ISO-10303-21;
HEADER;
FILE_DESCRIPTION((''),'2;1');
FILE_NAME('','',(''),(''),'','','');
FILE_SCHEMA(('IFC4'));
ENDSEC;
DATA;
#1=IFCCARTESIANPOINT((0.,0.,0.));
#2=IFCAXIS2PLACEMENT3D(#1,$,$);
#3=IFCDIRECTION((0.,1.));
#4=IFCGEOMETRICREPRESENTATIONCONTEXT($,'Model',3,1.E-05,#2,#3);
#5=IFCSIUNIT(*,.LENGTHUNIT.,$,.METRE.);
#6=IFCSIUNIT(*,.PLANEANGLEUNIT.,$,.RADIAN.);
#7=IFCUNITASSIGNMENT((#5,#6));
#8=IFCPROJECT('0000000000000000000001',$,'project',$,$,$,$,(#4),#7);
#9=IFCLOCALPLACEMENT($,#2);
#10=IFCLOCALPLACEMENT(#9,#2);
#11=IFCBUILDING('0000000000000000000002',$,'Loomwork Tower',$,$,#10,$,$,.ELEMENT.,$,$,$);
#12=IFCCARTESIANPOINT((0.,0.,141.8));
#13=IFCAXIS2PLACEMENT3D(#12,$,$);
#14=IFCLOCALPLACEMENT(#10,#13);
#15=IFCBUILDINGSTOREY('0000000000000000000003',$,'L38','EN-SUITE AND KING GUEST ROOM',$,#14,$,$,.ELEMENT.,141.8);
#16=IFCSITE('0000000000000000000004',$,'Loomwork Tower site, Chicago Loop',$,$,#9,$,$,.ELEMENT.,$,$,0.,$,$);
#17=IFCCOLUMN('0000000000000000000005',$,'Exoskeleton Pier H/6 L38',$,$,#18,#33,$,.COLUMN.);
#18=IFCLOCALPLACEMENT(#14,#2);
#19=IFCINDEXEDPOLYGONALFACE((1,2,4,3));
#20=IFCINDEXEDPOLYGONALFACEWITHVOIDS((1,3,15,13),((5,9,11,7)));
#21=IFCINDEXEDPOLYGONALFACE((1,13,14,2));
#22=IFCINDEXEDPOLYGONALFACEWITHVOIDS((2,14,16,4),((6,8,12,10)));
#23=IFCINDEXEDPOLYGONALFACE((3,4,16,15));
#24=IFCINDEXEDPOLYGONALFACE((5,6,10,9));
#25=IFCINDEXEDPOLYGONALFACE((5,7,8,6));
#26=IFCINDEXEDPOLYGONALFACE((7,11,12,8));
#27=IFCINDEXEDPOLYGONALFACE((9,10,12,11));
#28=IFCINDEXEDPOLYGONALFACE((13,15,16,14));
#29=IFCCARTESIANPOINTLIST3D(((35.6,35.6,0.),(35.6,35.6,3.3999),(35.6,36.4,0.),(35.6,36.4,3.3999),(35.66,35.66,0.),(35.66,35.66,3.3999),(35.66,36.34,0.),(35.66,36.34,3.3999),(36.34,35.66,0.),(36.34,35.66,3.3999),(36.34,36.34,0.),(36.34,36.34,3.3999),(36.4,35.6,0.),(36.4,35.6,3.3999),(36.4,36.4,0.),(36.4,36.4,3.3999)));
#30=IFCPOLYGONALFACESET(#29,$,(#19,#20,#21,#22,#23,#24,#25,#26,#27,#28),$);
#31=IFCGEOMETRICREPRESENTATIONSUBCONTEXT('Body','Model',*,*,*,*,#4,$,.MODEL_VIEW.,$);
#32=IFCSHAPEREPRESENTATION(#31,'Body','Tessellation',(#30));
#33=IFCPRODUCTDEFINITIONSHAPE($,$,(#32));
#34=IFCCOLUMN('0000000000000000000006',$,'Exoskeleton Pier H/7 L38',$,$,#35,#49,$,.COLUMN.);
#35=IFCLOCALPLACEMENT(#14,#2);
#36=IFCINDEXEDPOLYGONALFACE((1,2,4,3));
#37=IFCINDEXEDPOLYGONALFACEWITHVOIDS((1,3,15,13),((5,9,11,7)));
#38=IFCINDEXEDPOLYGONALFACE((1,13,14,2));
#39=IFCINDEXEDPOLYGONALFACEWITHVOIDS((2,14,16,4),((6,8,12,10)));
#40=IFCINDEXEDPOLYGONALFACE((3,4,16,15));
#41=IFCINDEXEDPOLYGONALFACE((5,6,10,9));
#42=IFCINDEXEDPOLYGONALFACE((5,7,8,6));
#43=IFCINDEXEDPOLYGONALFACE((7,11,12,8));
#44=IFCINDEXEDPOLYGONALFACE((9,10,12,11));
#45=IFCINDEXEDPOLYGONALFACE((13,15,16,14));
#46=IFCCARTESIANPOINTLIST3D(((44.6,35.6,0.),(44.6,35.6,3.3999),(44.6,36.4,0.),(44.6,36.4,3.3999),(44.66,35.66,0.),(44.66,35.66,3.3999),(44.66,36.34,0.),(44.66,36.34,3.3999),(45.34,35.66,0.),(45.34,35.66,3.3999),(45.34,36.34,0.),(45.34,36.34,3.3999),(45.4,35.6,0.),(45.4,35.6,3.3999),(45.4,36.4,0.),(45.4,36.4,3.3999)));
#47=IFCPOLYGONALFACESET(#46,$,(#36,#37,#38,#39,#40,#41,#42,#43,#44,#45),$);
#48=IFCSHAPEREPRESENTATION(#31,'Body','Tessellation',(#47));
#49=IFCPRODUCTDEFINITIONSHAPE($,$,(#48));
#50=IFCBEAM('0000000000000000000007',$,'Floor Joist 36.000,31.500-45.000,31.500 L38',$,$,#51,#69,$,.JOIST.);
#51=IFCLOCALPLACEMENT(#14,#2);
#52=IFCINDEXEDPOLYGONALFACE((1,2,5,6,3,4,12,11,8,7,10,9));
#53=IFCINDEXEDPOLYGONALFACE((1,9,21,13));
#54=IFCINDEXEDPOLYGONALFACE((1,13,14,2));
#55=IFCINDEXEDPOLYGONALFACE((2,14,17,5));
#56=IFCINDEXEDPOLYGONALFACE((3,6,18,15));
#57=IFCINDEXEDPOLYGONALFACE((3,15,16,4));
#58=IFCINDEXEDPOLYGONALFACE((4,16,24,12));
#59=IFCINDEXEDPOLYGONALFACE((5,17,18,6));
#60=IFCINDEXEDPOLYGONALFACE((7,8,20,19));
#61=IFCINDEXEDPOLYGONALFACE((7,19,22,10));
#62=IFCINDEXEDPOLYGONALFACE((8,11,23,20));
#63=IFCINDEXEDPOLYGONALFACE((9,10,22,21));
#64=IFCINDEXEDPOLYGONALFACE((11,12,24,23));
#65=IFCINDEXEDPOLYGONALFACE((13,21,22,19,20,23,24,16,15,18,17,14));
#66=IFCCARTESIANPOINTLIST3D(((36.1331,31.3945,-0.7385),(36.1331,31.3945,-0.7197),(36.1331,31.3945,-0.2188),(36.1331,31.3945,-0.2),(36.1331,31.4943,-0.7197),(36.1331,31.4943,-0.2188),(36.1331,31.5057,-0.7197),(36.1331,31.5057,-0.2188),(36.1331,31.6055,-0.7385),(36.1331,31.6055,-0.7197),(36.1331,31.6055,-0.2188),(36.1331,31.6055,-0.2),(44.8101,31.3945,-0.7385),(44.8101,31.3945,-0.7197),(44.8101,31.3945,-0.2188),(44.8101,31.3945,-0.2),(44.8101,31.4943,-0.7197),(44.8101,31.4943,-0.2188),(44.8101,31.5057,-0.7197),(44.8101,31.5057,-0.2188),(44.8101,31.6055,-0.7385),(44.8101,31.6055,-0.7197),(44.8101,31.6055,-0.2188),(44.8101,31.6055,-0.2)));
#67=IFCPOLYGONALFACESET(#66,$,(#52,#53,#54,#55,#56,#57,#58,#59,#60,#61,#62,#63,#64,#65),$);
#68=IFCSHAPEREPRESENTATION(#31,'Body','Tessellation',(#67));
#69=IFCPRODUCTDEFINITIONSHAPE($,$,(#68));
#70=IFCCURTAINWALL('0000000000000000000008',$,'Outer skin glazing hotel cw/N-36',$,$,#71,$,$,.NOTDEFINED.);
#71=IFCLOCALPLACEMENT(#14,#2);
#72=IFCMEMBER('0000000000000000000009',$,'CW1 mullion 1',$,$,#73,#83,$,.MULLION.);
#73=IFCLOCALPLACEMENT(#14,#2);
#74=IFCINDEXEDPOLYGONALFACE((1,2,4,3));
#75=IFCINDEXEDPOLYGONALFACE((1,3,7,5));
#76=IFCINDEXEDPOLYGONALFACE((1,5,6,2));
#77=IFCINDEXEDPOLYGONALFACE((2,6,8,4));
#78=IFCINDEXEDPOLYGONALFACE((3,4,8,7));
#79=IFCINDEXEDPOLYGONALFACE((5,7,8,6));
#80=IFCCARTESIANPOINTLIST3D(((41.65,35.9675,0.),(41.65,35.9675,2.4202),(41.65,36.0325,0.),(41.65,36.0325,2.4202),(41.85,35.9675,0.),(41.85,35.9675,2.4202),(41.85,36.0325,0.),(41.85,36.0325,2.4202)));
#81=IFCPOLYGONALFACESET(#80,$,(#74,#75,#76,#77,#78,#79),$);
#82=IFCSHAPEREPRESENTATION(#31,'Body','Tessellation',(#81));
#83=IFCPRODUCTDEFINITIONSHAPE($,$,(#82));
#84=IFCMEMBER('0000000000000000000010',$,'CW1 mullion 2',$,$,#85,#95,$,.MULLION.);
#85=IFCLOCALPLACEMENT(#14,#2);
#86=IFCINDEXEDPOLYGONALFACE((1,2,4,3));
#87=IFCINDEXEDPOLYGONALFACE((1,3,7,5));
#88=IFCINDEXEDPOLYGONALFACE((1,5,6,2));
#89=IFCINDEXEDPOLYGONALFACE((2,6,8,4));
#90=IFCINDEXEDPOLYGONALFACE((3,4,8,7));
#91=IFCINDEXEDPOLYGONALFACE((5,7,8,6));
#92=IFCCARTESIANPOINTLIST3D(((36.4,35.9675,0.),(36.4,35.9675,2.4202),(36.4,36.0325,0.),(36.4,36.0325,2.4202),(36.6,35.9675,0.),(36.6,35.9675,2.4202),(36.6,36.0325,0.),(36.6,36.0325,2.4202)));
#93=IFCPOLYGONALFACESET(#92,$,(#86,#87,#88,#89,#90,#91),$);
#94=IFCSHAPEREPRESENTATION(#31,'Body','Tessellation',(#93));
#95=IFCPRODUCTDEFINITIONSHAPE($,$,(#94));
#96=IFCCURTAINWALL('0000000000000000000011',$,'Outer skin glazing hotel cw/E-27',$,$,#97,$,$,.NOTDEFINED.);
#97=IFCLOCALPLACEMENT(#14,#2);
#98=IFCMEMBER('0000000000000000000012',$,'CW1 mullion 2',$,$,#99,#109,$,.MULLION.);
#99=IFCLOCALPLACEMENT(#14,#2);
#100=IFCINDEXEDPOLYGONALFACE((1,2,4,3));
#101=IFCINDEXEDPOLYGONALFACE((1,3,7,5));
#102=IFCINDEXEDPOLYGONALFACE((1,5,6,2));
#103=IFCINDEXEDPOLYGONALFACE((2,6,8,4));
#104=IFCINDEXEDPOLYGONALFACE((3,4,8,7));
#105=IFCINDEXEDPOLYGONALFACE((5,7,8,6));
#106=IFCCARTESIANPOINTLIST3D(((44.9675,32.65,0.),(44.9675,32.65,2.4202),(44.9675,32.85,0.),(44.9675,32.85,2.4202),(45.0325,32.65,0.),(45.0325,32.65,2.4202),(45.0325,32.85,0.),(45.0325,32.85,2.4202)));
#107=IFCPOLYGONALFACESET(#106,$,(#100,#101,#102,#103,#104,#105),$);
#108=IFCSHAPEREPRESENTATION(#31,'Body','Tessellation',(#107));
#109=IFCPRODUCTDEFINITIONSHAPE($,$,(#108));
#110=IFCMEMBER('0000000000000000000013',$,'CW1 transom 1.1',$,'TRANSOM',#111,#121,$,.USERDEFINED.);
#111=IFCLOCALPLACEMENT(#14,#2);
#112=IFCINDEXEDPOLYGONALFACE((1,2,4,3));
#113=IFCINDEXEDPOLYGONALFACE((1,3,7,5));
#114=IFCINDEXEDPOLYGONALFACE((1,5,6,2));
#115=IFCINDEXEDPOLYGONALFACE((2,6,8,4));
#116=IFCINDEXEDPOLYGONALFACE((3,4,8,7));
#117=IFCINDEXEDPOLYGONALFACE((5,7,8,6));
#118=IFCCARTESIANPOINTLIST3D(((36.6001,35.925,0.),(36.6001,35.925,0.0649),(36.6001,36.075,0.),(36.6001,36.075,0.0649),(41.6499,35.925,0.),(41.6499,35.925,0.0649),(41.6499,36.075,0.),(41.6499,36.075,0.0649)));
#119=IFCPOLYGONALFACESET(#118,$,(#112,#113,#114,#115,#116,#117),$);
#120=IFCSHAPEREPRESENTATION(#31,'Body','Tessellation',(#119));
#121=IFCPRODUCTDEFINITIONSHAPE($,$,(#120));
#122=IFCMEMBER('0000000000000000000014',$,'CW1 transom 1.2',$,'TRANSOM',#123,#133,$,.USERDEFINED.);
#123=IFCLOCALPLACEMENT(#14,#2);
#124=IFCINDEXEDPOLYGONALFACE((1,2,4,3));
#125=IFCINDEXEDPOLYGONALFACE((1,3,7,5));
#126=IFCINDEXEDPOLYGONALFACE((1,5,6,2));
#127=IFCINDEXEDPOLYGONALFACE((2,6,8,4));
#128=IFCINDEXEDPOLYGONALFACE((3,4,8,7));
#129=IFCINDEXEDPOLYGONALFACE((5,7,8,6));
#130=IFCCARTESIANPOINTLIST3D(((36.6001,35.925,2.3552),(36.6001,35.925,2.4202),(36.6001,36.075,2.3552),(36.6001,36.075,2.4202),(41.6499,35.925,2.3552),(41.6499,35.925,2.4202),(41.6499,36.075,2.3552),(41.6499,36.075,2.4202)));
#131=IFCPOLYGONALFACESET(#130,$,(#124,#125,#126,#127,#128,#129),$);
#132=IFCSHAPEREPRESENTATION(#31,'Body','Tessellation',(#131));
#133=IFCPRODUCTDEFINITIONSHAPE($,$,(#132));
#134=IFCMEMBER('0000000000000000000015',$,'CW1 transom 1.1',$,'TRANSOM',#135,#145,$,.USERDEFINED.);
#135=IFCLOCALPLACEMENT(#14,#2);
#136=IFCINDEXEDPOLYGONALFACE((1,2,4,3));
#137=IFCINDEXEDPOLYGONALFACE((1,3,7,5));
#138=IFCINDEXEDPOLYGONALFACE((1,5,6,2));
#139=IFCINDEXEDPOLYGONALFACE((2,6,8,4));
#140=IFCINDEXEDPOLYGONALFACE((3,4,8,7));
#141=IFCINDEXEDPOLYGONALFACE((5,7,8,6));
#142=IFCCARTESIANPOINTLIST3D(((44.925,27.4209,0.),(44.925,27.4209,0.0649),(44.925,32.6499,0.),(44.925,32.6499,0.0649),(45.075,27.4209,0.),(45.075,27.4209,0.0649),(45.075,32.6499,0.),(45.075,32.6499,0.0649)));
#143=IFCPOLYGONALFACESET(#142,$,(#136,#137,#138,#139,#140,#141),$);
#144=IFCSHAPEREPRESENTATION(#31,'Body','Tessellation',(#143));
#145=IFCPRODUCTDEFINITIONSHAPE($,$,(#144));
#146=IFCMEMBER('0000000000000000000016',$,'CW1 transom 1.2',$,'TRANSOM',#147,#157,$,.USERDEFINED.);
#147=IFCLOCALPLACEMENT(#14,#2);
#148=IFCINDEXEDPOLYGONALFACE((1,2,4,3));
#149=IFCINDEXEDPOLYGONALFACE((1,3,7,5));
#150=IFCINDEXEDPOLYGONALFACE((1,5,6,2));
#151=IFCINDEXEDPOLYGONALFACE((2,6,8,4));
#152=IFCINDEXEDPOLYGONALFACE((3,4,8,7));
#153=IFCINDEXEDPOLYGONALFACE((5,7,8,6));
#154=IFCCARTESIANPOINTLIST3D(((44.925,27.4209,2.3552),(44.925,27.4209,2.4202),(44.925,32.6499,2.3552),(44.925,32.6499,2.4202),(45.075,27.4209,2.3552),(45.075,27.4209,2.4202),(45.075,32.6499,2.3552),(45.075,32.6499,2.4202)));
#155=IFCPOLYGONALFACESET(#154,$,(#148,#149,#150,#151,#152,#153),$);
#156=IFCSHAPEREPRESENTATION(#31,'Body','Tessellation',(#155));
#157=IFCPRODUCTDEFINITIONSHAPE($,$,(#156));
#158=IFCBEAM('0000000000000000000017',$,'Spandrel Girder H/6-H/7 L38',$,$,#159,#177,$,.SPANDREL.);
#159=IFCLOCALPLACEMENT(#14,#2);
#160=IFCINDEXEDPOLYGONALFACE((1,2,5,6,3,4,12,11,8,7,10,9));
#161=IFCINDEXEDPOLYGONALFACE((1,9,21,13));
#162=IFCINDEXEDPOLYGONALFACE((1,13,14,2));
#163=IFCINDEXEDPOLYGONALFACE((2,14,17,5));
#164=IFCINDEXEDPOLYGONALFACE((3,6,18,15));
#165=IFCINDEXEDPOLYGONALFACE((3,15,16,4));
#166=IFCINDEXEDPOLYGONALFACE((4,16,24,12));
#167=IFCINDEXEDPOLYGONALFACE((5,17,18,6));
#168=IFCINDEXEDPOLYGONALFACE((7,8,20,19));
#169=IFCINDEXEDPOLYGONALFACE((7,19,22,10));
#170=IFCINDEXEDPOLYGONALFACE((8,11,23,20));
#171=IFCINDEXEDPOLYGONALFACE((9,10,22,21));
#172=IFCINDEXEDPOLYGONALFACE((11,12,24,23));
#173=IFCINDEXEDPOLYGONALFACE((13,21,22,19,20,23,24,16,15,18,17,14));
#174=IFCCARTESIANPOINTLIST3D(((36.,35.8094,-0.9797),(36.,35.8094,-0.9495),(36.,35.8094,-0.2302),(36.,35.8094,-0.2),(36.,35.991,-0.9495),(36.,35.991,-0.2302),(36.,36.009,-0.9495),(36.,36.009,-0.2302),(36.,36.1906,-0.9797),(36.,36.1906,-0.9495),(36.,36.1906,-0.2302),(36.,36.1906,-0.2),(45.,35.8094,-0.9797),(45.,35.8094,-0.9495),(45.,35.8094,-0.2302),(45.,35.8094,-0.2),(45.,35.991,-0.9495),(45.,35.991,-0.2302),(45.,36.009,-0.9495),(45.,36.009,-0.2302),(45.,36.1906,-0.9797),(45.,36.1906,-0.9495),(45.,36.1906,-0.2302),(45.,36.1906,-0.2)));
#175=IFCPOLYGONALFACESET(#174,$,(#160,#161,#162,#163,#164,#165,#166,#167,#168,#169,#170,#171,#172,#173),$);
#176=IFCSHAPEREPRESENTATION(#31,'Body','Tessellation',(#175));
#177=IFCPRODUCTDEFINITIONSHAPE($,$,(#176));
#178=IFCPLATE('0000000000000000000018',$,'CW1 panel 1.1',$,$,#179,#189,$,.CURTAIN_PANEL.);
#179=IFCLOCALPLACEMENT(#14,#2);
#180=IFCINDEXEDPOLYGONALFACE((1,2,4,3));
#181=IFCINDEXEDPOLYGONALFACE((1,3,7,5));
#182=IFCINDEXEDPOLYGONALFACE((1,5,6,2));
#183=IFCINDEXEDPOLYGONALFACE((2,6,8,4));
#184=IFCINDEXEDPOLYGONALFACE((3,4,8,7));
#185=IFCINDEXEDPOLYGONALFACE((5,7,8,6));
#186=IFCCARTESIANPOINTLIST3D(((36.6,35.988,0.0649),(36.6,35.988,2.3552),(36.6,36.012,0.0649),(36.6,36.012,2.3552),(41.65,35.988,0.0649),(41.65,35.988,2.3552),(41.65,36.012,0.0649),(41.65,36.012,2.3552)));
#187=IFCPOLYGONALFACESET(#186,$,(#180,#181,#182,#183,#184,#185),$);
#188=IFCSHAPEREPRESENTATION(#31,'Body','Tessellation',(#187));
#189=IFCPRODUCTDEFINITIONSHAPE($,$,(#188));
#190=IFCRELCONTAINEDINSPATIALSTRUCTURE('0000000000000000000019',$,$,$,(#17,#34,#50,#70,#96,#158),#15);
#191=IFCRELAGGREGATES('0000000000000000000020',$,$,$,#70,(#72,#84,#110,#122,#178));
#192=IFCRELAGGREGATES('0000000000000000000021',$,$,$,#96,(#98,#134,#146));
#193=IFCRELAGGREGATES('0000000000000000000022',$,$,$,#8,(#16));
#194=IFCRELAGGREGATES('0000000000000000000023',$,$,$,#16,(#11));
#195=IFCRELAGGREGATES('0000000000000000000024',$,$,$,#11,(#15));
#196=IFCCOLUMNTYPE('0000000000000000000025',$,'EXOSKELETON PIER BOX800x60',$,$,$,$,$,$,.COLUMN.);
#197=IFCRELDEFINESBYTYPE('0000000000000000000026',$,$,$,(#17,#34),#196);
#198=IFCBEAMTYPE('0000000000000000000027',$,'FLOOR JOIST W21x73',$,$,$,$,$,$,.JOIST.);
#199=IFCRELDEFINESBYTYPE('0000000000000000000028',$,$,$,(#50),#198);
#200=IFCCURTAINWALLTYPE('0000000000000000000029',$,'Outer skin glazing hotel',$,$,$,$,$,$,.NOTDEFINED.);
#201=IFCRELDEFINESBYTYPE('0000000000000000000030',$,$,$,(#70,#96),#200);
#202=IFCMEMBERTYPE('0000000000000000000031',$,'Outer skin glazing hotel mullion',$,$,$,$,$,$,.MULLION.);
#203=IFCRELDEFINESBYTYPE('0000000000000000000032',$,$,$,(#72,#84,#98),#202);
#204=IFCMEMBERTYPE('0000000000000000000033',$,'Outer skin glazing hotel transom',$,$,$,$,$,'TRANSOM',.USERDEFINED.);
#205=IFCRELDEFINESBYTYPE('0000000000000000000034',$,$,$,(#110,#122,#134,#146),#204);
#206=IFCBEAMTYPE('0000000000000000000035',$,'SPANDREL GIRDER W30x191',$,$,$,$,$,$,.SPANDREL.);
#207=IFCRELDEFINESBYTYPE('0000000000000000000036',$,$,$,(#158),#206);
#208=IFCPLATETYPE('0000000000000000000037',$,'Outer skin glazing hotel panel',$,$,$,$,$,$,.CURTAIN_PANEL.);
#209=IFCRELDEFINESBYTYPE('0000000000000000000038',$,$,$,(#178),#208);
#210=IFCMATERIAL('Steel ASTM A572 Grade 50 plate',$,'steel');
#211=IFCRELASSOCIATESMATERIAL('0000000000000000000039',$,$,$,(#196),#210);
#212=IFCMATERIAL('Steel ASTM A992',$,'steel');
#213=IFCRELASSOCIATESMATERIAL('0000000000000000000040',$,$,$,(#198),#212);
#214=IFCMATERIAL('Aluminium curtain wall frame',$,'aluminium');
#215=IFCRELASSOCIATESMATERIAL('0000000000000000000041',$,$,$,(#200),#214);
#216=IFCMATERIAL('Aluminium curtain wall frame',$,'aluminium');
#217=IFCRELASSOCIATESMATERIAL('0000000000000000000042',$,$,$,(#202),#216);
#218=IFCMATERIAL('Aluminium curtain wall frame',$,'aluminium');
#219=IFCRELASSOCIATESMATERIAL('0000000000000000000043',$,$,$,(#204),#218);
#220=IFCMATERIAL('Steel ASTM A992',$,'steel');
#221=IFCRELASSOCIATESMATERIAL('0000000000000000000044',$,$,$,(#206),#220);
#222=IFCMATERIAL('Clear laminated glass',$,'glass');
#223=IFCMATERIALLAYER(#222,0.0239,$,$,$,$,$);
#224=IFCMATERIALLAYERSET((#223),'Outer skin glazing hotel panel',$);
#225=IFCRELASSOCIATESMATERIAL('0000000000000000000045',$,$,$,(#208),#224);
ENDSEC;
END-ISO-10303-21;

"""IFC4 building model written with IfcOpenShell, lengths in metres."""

from ifc_helpers import new_model, si_unit, direction, frame, origin, origin_2d, place, context, subcontext, project, spatial, rectangle, hollow_rectangle, i_section, extrude, material, layer, layer_set, material_profile, profile_set, type_object, element, aggregate, save


model = new_model("IFC4")

# Units and contexts
model_context = context("Model", 3, precision=1e-05, world=origin(), true_north=direction((0.0, 1.0)))
body_context = subcontext(model_context, "Body", "Model", "MODEL_VIEW")
ifc_project = project(units=[si_unit("LENGTHUNIT", "METRE"), si_unit("PLANEANGLEUNIT", "RADIAN")], contexts=[model_context])

# Site, building, storey
site_placement = place(None, origin())
site = spatial("IfcSite", under=ifc_project, at=site_placement, Name="Loomwork Tower site, Chicago Loop", CompositionType="ELEMENT", RefElevation=0.0)
building_placement = place(site_placement, origin())
building = spatial("IfcBuilding", under=site, at=building_placement, Name="Loomwork Tower", CompositionType="ELEMENT")
storey_placement = place(building_placement, frame((0.0, 0.0, 141.8)))
storey = spatial("IfcBuildingStorey", under=building, at=storey_placement, Name="L38", Description="EN-SUITE AND KING GUEST ROOM", CompositionType="ELEMENT", Elevation=141.8)

# Columns
ifc_material_1 = material(Name="Steel ASTM A572 Grade 50 plate", Category="steel")
ifc_material_profile_1 = material_profile(ifc_material_1, hollow_rectangle(XDim=0.8, YDim=0.8, WallThickness=0.0601, at=origin_2d()), Name="BOX800x60")
ifc_profile_set_1 = profile_set([ifc_material_profile_1], Name="Steel ASTM A572 Grade 50 plate")
column_type = type_object("IfcColumnType", Name="EXOSKELETON PIER BOX800x60", PredefinedType="COLUMN", material=ifc_profile_set_1)
for number, where, z_axis, x_axis, name in (
    (1, (36.0, 36.0, 0.0), (0.0, 0.0, 1.0), (1.0, 0.0, 0.0), "Exoskeleton Pier H/6 L38"),
    (2, (45.0, 36.0, 0.0), (0.0, 0.0, 1.0), (1.0, 0.0, 0.0), "Exoskeleton Pier H/7 L38"),
):
    element("IfcColumn", number, at=place(storey_placement, frame(where, z_axis=z_axis, x_axis=x_axis)), inside=storey, type_object=column_type, Name=name, PredefinedType="COLUMN", context=body_context, shape_type="SweptSolid", body=[
        extrude(hollow_rectangle(XDim=0.8, YDim=0.8, WallThickness=0.0601, at=origin_2d()), origin(), (0.0, 0.0, 1.0), 3.3999),
    ])

# Beam
ifc_material_2 = material(Name="Steel ASTM A992", Category="steel")
ifc_material_profile_2 = material_profile(ifc_material_2, i_section(OverallWidth=0.2109, OverallDepth=0.5386, WebThickness=0.0115, FlangeThickness=0.0188, at=origin_2d()), Name="W21x73")
ifc_profile_set_2 = profile_set([ifc_material_profile_2], Name="Steel ASTM A992")
beam_type_1 = type_object("IfcBeamType", Name="FLOOR JOIST W21x73", PredefinedType="JOIST", material=ifc_profile_set_2)
beam_1_placement = place(storey_placement, frame((36.1331, 31.5, -0.4692), z_axis=(1.0, 0.0, 0.0), x_axis=(0.0, 1.0, 0.0)))
element("IfcBeam", 3, at=beam_1_placement, inside=storey, type_object=beam_type_1, Name="Floor Joist 36.000,31.500-45.000,31.500 L38", PredefinedType="JOIST", context=body_context, shape_type="SweptSolid", body=[
    extrude(i_section(OverallWidth=0.2109, OverallDepth=0.5386, WebThickness=0.0115, FlangeThickness=0.0188, at=origin_2d()), origin(), (0.0, 0.0, 1.0), 8.677),
])

# Curtain wall, members
ifc_material_3 = material(Name="Aluminium curtain wall frame", Category="aluminium")
curtain_wall_type = type_object("IfcCurtainWallType", Name="Outer skin glazing hotel", PredefinedType="NOTDEFINED", material=ifc_material_3)
curtain_wall_1_placement = place(storey_placement, origin())
curtain_wall_1 = element("IfcCurtainWall", 4, at=curtain_wall_1_placement, inside=storey, type_object=curtain_wall_type, Name="Outer skin glazing hotel cw/N-36", PredefinedType="NOTDEFINED")
ifc_material_4 = material(Name="Aluminium curtain wall frame", Category="aluminium")
ifc_material_profile_3 = material_profile(ifc_material_4, rectangle(XDim=0.0649, YDim=0.2, at=origin_2d()), Name="AL 65x200")
ifc_profile_set_3 = profile_set([ifc_material_profile_3], Name="Aluminium curtain wall frame")
member_type_1 = type_object("IfcMemberType", Name="Outer skin glazing hotel mullion", PredefinedType="MULLION", material=ifc_profile_set_3)
member_1_placement = place(storey_placement, frame((41.75, 36.0, 0.0), z_axis=(0.0, 0.0, 1.0), x_axis=(0.0, -1.0, 0.0)))
member_1 = element("IfcMember", 5, at=member_1_placement, type_object=member_type_1, Name="CW1 mullion 1", PredefinedType="MULLION", context=body_context, shape_type="SweptSolid", body=[
    extrude(rectangle(XDim=0.0649, YDim=0.2, at=origin_2d()), origin(), (0.0, 0.0, 1.0), 2.4202),
])
member_2_placement = place(storey_placement, frame((36.5, 36.0, 0.0), z_axis=(0.0, 0.0, 1.0), x_axis=(0.0, -1.0, 0.0)))
member_2 = element("IfcMember", 6, at=member_2_placement, type_object=member_type_1, Name="CW1 mullion 2", PredefinedType="MULLION", context=body_context, shape_type="SweptSolid", body=[
    extrude(rectangle(XDim=0.0649, YDim=0.2, at=origin_2d()), origin(), (0.0, 0.0, 1.0), 2.4202),
])

# Curtain wall, member
curtain_wall_2_placement = place(storey_placement, origin())
curtain_wall_2 = element("IfcCurtainWall", 7, at=curtain_wall_2_placement, inside=storey, type_object=curtain_wall_type, Name="Outer skin glazing hotel cw/E-27", PredefinedType="NOTDEFINED")
member_3_placement = place(storey_placement, frame((45.0, 32.75, 0.0), z_axis=(0.0, 0.0, 1.0), x_axis=(-1.0, 0.0, 0.0)))
member_3 = element("IfcMember", 8, at=member_3_placement, type_object=member_type_1, Name="CW1 mullion 2", PredefinedType="MULLION", context=body_context, shape_type="SweptSolid", body=[
    extrude(rectangle(XDim=0.0649, YDim=0.2, at=origin_2d()), origin(), (0.0, 0.0, 1.0), 2.4202),
])

# Members
ifc_material_5 = material(Name="Aluminium curtain wall frame", Category="aluminium")
ifc_material_profile_4 = material_profile(ifc_material_5, rectangle(XDim=0.1499, YDim=0.0649, at=origin_2d()), Name="AL 65x150")
ifc_profile_set_4 = profile_set([ifc_material_profile_4], Name="Aluminium curtain wall frame")
member_type_2 = type_object("IfcMemberType", Name="Outer skin glazing hotel transom", ElementType="TRANSOM", PredefinedType="USERDEFINED", material=ifc_profile_set_4)
member_4_placement = place(storey_placement, frame((41.6499, 36.0, 0.0325), z_axis=(-1.0, 0.0, 0.0), x_axis=(0.0, -1.0, 0.0)))
member_4 = element("IfcMember", 9, at=member_4_placement, type_object=member_type_2, Name="CW1 transom 1.1", ObjectType="TRANSOM", PredefinedType="USERDEFINED", context=body_context, shape_type="SweptSolid", body=[
    extrude(rectangle(XDim=0.1499, YDim=0.0649, at=origin_2d()), origin(), (0.0, 0.0, 1.0), 5.0498),
])
member_5_placement = place(storey_placement, frame((41.6499, 36.0, 2.3877), z_axis=(-1.0, 0.0, 0.0), x_axis=(0.0, -1.0, 0.0)))
member_5 = element("IfcMember", 10, at=member_5_placement, type_object=member_type_2, Name="CW1 transom 1.2", ObjectType="TRANSOM", PredefinedType="USERDEFINED", context=body_context, shape_type="SweptSolid", body=[
    extrude(rectangle(XDim=0.1499, YDim=0.0649, at=origin_2d()), origin(), (0.0, 0.0, 1.0), 5.0498),
])
member_6_placement = place(storey_placement, frame((45.0, 27.4209, 0.0325), z_axis=(0.0, 1.0, 0.0), x_axis=(-1.0, 0.0, 0.0)))
member_6 = element("IfcMember", 11, at=member_6_placement, type_object=member_type_2, Name="CW1 transom 1.1", ObjectType="TRANSOM", PredefinedType="USERDEFINED", context=body_context, shape_type="SweptSolid", body=[
    extrude(rectangle(XDim=0.1499, YDim=0.0649, at=origin_2d()), origin(), (0.0, 0.0, 1.0), 5.229),
])
member_7_placement = place(storey_placement, frame((45.0, 27.4209, 2.3877), z_axis=(0.0, 1.0, 0.0), x_axis=(-1.0, 0.0, 0.0)))
member_7 = element("IfcMember", 12, at=member_7_placement, type_object=member_type_2, Name="CW1 transom 1.2", ObjectType="TRANSOM", PredefinedType="USERDEFINED", context=body_context, shape_type="SweptSolid", body=[
    extrude(rectangle(XDim=0.1499, YDim=0.0649, at=origin_2d()), origin(), (0.0, 0.0, 1.0), 5.229),
])

# Beam
ifc_material_6 = material(Name="Steel ASTM A992", Category="steel")
ifc_material_profile_5 = material_profile(ifc_material_6, i_section(OverallWidth=0.3811, OverallDepth=0.7798, WebThickness=0.0181, FlangeThickness=0.0303, at=origin_2d()), Name="W30x191")
ifc_profile_set_5 = profile_set([ifc_material_profile_5], Name="Steel ASTM A992")
beam_type_2 = type_object("IfcBeamType", Name="SPANDREL GIRDER W30x191", PredefinedType="SPANDREL", material=ifc_profile_set_5)
beam_2_placement = place(storey_placement, frame((36.0, 36.0, -0.5898), z_axis=(1.0, 0.0, 0.0), x_axis=(0.0, 1.0, 0.0)))
element("IfcBeam", 13, at=beam_2_placement, inside=storey, type_object=beam_type_2, Name="Spandrel Girder H/6-H/7 L38", PredefinedType="SPANDREL", context=body_context, shape_type="SweptSolid", body=[
    extrude(i_section(OverallWidth=0.3811, OverallDepth=0.7798, WebThickness=0.0181, FlangeThickness=0.0303, at=origin_2d()), origin(), (0.0, 0.0, 1.0), 9.0),
])

# Plate
ifc_material_7 = material(Name="Clear laminated glass", Category="glass")
ifc_layer_1 = layer(ifc_material_7, 0.0239)
ifc_layer_set_1 = layer_set([ifc_layer_1], Name="Outer skin glazing hotel panel")
plate_type = type_object("IfcPlateType", Name="Outer skin glazing hotel panel", PredefinedType="CURTAIN_PANEL", material=ifc_layer_set_1)
plate_1_placement = place(storey_placement, frame((39.125, 36.0, 0.0649), z_axis=(0.0, 0.0, 1.0), x_axis=(-1.0, 0.0, 0.0)))
plate_1 = element("IfcPlate", 14, at=plate_1_placement, type_object=plate_type, Name="CW1 panel 1.1", PredefinedType="CURTAIN_PANEL", context=body_context, shape_type="SweptSolid", body=[
    extrude(rectangle(XDim=5.05, YDim=0.0239, at=origin_2d()), origin(), (0.0, 0.0, 1.0), 2.2903),
])
aggregate(curtain_wall_1, [member_1, member_2, member_4, member_5, plate_1])
aggregate(curtain_wall_2, [member_3, member_6, member_7])

save(model, "model.ifc")
